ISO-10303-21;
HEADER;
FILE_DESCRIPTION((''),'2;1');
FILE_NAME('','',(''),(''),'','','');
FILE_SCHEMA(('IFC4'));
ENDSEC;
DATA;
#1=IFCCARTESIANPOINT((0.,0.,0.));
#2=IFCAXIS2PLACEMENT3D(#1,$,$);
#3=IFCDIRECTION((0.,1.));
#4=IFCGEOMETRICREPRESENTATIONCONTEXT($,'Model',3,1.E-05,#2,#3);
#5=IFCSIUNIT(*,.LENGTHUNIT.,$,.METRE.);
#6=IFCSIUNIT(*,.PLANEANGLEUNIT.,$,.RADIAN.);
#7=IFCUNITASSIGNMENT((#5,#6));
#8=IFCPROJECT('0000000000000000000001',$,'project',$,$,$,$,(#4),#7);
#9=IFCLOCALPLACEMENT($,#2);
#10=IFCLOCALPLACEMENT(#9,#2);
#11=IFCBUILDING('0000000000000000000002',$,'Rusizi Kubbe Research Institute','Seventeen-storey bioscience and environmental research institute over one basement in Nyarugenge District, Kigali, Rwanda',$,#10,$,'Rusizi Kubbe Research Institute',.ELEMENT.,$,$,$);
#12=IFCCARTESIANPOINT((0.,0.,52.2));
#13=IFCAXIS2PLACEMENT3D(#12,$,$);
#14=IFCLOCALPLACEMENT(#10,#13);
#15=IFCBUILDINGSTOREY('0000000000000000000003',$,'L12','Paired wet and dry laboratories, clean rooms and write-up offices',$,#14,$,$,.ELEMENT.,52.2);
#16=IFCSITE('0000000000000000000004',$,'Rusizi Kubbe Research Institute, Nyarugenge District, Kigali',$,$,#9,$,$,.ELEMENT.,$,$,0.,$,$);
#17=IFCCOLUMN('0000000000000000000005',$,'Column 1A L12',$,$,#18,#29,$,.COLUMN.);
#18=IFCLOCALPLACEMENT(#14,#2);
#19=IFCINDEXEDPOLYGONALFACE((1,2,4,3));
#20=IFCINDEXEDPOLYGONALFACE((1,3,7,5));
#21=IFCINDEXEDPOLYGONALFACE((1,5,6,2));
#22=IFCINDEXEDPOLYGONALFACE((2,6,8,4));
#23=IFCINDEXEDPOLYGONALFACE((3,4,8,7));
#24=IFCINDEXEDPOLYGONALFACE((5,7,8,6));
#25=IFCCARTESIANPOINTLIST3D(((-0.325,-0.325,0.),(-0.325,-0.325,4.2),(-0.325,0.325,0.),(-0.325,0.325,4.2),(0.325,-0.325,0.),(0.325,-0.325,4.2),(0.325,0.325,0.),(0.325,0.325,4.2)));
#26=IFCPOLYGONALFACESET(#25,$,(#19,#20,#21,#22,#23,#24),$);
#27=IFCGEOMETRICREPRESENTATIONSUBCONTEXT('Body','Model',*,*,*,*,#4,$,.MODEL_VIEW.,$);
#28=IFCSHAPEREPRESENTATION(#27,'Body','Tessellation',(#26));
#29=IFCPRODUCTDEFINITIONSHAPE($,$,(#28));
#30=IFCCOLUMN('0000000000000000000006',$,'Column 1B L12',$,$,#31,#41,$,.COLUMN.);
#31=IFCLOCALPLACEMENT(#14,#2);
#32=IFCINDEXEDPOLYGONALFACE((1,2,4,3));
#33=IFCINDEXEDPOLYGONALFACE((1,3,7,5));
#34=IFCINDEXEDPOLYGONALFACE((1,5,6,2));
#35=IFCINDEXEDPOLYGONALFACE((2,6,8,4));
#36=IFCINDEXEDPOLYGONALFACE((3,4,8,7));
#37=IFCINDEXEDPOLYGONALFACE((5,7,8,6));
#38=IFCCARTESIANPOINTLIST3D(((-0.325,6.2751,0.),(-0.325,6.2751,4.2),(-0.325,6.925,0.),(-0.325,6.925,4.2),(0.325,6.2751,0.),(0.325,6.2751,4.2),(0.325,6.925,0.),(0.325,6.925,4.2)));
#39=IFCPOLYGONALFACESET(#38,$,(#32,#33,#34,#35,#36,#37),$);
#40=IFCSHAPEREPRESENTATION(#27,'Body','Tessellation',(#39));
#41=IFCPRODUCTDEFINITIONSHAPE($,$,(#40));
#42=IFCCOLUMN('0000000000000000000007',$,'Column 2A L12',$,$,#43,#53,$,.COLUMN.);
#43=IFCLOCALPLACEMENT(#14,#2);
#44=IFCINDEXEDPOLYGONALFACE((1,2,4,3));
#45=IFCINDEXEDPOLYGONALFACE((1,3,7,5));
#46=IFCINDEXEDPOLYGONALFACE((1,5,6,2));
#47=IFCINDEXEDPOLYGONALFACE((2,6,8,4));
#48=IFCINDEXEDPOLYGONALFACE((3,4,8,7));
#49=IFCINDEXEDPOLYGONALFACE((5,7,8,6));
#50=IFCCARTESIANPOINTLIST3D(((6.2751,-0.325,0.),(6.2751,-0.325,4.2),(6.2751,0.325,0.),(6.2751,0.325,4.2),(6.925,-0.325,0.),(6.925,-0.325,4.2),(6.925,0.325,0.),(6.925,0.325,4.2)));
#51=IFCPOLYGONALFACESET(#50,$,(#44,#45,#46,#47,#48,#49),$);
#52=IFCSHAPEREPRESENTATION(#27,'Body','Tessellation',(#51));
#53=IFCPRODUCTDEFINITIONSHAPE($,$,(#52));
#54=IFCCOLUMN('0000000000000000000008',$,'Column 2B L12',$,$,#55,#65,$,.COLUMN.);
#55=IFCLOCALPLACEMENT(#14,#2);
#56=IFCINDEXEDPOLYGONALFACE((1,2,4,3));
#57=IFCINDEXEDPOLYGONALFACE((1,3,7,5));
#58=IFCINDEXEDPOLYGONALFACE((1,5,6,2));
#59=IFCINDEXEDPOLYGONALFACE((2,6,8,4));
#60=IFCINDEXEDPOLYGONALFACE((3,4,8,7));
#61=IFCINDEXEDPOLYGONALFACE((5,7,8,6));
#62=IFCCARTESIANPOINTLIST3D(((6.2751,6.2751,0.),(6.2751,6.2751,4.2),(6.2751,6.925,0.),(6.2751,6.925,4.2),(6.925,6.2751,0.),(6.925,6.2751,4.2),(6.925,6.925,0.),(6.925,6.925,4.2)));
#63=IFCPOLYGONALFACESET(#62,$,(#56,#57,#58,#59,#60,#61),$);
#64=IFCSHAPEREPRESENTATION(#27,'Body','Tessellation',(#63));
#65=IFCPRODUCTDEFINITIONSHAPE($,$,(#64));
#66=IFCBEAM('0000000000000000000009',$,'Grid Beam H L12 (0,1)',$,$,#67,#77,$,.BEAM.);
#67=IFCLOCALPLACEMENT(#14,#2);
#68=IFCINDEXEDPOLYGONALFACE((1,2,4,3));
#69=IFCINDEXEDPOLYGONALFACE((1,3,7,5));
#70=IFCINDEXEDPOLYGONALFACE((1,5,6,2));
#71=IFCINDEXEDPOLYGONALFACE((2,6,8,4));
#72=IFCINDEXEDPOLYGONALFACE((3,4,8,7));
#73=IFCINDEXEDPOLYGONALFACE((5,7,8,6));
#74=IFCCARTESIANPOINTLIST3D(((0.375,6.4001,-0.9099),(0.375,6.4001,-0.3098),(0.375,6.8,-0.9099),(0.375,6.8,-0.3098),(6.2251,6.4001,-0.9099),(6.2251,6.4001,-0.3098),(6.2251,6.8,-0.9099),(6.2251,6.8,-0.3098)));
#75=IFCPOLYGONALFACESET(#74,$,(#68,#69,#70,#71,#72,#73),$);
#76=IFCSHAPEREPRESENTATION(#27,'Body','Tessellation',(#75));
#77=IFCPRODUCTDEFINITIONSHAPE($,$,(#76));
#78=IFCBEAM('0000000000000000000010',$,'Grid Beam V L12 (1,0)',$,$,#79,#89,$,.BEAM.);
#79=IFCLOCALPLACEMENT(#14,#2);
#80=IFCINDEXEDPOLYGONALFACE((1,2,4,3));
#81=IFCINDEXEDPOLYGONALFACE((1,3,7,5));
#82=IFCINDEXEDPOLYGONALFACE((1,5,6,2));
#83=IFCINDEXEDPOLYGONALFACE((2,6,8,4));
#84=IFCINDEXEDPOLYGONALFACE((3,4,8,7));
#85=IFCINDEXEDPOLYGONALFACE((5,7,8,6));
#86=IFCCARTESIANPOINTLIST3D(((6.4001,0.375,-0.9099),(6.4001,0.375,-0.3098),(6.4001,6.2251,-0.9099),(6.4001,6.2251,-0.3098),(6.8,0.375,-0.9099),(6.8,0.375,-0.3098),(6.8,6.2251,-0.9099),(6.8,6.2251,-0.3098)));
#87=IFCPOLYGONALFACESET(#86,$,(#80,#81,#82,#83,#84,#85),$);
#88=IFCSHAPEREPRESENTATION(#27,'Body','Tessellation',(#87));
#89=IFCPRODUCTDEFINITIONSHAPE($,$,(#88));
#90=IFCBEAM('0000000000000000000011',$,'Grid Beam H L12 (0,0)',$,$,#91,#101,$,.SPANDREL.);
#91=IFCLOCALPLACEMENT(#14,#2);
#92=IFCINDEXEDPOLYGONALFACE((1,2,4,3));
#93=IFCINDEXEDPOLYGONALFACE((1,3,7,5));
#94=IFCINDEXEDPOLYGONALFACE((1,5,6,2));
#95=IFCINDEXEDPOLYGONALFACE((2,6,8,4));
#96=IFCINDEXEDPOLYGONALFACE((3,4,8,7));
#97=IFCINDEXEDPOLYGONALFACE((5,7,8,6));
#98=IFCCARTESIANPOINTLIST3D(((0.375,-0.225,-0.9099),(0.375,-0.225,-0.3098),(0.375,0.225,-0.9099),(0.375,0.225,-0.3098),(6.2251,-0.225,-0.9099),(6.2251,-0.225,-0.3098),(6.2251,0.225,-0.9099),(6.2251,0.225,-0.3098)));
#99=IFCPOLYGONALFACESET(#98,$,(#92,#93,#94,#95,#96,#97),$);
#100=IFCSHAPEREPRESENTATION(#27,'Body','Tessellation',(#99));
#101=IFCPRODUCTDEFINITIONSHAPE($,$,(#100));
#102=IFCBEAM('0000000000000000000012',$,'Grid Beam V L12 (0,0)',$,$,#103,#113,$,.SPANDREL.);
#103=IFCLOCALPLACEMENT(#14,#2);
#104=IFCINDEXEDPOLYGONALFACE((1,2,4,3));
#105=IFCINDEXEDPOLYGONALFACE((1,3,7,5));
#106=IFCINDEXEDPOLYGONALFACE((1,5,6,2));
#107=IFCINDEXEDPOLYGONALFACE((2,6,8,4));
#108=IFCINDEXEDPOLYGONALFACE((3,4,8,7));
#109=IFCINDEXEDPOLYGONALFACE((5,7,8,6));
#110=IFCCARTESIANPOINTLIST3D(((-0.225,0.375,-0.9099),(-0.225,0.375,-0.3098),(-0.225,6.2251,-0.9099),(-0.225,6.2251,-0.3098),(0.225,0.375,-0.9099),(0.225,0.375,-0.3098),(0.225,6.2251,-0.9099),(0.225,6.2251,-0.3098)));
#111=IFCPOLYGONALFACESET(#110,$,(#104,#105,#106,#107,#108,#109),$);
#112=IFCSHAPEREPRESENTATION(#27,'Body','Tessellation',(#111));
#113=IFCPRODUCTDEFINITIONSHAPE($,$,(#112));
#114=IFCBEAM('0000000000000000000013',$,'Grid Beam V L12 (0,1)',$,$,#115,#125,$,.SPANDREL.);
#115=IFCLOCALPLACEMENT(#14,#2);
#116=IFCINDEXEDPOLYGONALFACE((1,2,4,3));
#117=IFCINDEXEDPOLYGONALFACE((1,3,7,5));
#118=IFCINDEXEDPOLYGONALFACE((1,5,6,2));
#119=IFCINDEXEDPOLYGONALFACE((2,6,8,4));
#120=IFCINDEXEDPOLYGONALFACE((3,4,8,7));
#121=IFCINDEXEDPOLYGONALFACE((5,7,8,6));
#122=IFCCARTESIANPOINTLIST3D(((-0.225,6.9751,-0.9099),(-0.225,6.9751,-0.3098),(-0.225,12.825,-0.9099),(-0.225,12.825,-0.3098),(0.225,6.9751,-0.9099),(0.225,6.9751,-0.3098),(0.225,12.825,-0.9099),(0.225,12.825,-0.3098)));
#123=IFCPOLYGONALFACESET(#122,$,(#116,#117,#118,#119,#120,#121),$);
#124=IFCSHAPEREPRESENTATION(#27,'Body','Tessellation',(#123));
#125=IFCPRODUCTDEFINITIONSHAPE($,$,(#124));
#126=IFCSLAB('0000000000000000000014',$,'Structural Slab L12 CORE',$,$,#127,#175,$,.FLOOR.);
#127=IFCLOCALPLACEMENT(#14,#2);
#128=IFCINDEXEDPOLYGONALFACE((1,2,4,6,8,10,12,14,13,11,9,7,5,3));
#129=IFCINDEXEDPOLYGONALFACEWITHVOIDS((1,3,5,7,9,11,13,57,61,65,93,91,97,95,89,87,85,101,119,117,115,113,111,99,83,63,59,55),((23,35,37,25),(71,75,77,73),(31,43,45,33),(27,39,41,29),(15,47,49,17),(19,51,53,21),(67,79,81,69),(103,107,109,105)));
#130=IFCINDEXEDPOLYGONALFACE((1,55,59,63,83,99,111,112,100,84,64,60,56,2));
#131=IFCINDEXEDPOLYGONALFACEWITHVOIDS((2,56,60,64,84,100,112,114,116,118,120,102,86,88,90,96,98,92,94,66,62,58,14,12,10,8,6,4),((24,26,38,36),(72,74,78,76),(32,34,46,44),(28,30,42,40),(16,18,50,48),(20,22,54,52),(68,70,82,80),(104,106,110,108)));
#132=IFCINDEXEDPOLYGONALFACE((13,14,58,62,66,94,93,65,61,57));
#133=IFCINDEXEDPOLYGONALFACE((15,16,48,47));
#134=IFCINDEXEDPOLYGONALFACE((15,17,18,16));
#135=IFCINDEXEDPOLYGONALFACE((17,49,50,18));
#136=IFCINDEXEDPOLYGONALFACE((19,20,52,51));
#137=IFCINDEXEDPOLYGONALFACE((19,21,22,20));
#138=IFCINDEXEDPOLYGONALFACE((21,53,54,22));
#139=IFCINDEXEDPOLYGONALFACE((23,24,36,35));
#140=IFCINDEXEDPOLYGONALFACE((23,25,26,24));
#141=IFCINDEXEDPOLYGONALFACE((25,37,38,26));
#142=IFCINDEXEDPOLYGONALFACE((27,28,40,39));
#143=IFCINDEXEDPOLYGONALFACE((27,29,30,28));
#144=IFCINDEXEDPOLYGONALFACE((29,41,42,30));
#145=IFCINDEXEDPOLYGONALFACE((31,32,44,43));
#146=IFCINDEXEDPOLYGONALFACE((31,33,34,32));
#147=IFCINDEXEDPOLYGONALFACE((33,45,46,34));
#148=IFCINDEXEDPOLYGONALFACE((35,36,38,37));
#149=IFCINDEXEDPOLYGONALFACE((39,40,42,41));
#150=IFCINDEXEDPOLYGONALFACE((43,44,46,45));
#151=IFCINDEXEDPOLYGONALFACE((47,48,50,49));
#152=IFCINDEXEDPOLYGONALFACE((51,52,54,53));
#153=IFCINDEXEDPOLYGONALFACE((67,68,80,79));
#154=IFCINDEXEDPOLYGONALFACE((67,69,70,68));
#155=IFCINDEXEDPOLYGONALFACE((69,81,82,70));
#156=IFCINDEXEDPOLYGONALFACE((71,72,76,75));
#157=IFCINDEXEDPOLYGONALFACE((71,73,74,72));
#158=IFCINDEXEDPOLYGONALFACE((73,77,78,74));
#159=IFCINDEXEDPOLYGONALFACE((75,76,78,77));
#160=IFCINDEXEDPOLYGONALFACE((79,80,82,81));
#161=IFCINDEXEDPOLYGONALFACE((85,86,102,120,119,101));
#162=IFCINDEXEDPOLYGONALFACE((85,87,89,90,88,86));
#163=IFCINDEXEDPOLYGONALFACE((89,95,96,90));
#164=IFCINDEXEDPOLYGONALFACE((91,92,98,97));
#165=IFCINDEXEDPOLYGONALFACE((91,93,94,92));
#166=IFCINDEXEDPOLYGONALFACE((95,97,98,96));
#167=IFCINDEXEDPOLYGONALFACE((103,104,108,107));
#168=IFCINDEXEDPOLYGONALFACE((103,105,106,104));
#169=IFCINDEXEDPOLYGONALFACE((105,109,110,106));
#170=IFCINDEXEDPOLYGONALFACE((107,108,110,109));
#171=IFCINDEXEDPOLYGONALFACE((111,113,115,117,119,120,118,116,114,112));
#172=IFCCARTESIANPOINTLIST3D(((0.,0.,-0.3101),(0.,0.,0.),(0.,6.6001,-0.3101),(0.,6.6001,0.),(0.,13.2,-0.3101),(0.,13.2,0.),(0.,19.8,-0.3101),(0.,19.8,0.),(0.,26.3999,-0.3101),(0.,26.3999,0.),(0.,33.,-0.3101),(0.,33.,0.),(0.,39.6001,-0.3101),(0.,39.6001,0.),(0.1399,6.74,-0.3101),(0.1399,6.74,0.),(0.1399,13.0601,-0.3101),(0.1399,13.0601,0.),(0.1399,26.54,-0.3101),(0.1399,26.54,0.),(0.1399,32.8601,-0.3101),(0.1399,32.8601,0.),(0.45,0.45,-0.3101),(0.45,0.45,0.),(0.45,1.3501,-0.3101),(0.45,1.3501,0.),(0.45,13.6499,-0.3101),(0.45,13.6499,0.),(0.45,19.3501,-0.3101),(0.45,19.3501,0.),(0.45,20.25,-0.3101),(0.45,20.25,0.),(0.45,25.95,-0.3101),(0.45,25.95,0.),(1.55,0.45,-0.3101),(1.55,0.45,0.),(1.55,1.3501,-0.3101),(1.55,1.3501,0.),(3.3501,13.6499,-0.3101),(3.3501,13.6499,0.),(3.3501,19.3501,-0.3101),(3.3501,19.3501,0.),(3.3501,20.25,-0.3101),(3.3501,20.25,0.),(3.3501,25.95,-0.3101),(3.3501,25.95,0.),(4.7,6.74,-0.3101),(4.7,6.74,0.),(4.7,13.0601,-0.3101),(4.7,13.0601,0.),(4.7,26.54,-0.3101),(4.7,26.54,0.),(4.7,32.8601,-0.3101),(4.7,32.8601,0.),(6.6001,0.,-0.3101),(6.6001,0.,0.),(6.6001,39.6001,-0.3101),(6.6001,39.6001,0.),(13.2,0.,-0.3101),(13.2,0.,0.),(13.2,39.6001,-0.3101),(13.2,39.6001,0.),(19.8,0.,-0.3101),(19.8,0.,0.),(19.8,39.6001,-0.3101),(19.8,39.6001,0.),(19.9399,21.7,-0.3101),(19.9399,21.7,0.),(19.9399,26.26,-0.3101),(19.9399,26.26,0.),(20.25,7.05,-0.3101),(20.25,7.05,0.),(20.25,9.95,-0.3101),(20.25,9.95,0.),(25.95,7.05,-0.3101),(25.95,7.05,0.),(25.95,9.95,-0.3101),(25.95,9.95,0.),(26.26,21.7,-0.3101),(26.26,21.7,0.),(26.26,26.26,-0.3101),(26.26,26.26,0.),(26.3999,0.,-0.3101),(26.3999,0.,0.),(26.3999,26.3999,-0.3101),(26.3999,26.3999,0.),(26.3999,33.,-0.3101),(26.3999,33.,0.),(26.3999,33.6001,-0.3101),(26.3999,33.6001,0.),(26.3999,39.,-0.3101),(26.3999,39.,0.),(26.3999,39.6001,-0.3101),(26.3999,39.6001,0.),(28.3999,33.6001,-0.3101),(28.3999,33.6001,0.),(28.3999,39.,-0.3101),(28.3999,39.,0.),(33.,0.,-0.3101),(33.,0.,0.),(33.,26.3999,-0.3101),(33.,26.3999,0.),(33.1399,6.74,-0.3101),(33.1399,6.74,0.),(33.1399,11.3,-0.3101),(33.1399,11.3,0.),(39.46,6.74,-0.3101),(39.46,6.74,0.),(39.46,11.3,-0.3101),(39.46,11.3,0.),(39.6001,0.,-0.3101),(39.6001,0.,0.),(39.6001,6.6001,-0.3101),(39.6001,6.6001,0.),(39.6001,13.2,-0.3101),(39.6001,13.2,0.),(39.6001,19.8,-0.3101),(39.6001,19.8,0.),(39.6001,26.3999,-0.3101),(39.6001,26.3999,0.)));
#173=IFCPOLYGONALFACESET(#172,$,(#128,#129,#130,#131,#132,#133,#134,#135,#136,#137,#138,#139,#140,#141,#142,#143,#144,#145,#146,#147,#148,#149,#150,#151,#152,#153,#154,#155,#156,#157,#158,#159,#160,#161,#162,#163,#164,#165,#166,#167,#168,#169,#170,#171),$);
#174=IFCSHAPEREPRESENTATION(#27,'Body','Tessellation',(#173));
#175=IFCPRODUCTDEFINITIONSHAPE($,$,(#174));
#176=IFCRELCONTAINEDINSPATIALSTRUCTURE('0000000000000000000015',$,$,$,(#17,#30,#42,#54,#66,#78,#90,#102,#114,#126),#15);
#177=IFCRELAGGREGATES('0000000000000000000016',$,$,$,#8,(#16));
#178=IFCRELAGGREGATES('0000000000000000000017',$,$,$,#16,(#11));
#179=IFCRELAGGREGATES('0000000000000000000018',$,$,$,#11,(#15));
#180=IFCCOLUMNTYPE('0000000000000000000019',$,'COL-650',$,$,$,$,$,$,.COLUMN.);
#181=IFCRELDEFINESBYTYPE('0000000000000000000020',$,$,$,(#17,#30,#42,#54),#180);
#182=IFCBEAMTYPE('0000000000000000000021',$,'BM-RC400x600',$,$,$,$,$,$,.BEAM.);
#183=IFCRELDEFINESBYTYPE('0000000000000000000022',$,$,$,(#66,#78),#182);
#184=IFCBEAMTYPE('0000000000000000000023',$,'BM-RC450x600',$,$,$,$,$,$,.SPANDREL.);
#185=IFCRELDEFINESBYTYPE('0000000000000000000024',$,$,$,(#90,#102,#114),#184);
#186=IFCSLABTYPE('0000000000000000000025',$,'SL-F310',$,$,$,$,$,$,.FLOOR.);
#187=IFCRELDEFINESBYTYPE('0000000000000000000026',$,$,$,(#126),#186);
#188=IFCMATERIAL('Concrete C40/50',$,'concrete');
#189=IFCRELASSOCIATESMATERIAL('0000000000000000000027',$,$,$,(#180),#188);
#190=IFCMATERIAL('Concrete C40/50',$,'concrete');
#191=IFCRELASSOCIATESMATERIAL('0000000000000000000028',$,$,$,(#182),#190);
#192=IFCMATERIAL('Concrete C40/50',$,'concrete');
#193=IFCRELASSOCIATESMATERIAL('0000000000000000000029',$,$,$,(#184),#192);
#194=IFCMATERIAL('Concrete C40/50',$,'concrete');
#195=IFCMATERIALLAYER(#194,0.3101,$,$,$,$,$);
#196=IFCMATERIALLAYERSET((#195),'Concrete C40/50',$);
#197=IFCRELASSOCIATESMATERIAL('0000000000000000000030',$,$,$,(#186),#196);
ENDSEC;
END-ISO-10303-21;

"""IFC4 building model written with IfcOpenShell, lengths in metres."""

from ifc_helpers import new_model, si_unit, direction, frame, origin, origin_2d, place, context, subcontext, project, spatial, polyline, rectangle, outline, extrude, material, layer, layer_set, material_profile, profile_set, type_object, element, save


model = new_model("IFC4")

# Units and contexts
model_context = context("Model", 3, precision=1e-05, world=origin(), true_north=direction((0.0, 1.0)))
body_context = subcontext(model_context, "Body", "Model", "MODEL_VIEW")
ifc_project = project(units=[si_unit("LENGTHUNIT", "METRE"), si_unit("PLANEANGLEUNIT", "RADIAN")], contexts=[model_context])

# Site, building, storey
site_placement = place(None, origin())
site = spatial("IfcSite", under=ifc_project, at=site_placement, Name="Rusizi Kubbe Research Institute, Nyarugenge District, Kigali", CompositionType="ELEMENT", RefElevation=0.0)
building_placement = place(site_placement, origin())
building = spatial("IfcBuilding", under=site, at=building_placement, Name="Rusizi Kubbe Research Institute", Description="Seventeen-storey bioscience and environmental research institute over one basement in Nyarugenge District, Kigali, Rwanda", LongName="Rusizi Kubbe Research Institute", CompositionType="ELEMENT")
storey_placement = place(building_placement, frame((0.0, 0.0, 52.2)))
storey = spatial("IfcBuildingStorey", under=building, at=storey_placement, Name="L12", Description="Paired wet and dry laboratories, clean rooms and write-up offices", CompositionType="ELEMENT", Elevation=52.2)

# Columns
ifc_material_1 = material(Name="Concrete C40/50", Category="concrete")
ifc_material_profile_1 = material_profile(ifc_material_1, rectangle(XDim=0.6499, YDim=0.6499, at=origin_2d()), Name="RC650x650")
ifc_profile_set_1 = profile_set([ifc_material_profile_1], Name="Concrete C40/50")
column_type = type_object("IfcColumnType", Name="COL-650", PredefinedType="COLUMN", material=ifc_profile_set_1)
for number, where, z_axis, x_axis, name in (
    (1, (0.0, 0.0, 0.0), (0.0, 0.0, 1.0), (1.0, 0.0, 0.0), "Column 1A L12"),
    (2, (0.0, 6.6001, 0.0), (0.0, 0.0, 1.0), (1.0, 0.0, 0.0), "Column 1B L12"),
    (3, (6.6001, 0.0, 0.0), (0.0, 0.0, 1.0), (1.0, 0.0, 0.0), "Column 2A L12"),
    (4, (6.6001, 6.6001, 0.0), (0.0, 0.0, 1.0), (1.0, 0.0, 0.0), "Column 2B L12"),
):
    element("IfcColumn", number, at=place(storey_placement, frame(where, z_axis=z_axis, x_axis=x_axis)), inside=storey, type_object=column_type, Name=name, PredefinedType="COLUMN", context=body_context, shape_type="SweptSolid", body=[
        extrude(rectangle(XDim=0.6499, YDim=0.6499, at=origin_2d()), origin(), (0.0, 0.0, 1.0), 4.2),
    ])

# Beams
ifc_material_2 = material(Name="Concrete C40/50", Category="concrete")
ifc_material_profile_2 = material_profile(ifc_material_2, rectangle(XDim=0.3999, YDim=0.6001, at=origin_2d()), Name="RC400x600")
ifc_profile_set_2 = profile_set([ifc_material_profile_2], Name="Concrete C40/50")
beam_type_1 = type_object("IfcBeamType", Name="BM-RC400x600", PredefinedType="BEAM", material=ifc_profile_set_2)
for number, where, z_axis, x_axis, name in (
    (5, (0.375, 6.6001, -0.6099), (1.0, 0.0, 0.0), (0.0, 1.0, 0.0), "Grid Beam H L12 (0,1)"),
    (6, (6.6001, 0.375, -0.6099), (0.0, 1.0, 0.0), (-1.0, 0.0, 0.0), "Grid Beam V L12 (1,0)"),
):
    element("IfcBeam", number, at=place(storey_placement, frame(where, z_axis=z_axis, x_axis=x_axis)), inside=storey, type_object=beam_type_1, Name=name, PredefinedType="BEAM", context=body_context, shape_type="SweptSolid", body=[
        extrude(rectangle(XDim=0.3999, YDim=0.6001, at=origin_2d()), origin(), (0.0, 0.0, 1.0), 5.8501),
    ])
ifc_material_3 = material(Name="Concrete C40/50", Category="concrete")
ifc_material_profile_3 = material_profile(ifc_material_3, rectangle(XDim=0.45, YDim=0.6001, at=origin_2d()), Name="RC450x600")
ifc_profile_set_3 = profile_set([ifc_material_profile_3], Name="Concrete C40/50")
beam_type_2 = type_object("IfcBeamType", Name="BM-RC450x600", PredefinedType="SPANDREL", material=ifc_profile_set_3)
for number, where, z_axis, x_axis, name in (
    (7, (0.375, 0.0, -0.6099), (1.0, 0.0, 0.0), (0.0, 1.0, 0.0), "Grid Beam H L12 (0,0)"),
    (8, (0.0, 0.375, -0.6099), (0.0, 1.0, 0.0), (-1.0, 0.0, 0.0), "Grid Beam V L12 (0,0)"),
):
    element("IfcBeam", number, at=place(storey_placement, frame(where, z_axis=z_axis, x_axis=x_axis)), inside=storey, type_object=beam_type_2, Name=name, PredefinedType="SPANDREL", context=body_context, shape_type="SweptSolid", body=[
        extrude(rectangle(XDim=0.45, YDim=0.6001, at=origin_2d()), origin(), (0.0, 0.0, 1.0), 5.8501),
    ])
beam_placement = place(storey_placement, frame((0.0, 6.9751, -0.6099), z_axis=(0.0, 1.0, 0.0), x_axis=(-1.0, 0.0, 0.0)))
element("IfcBeam", 9, at=beam_placement, inside=storey, type_object=beam_type_2, Name="Grid Beam V L12 (0,1)", PredefinedType="SPANDREL", context=body_context, shape_type="SweptSolid", body=[
    extrude(rectangle(XDim=0.45, YDim=0.6001, at=origin_2d()), origin(), (0.0, 0.0, 1.0), 5.8499),
])

# Slab
ifc_material_4 = material(Name="Concrete C40/50", Category="concrete")
ifc_layer_1 = layer(ifc_material_4, 0.3101)
ifc_layer_set_1 = layer_set([ifc_layer_1], Name="Concrete C40/50")
slab_type_1 = type_object("IfcSlabType", Name="SL-F310", PredefinedType="FLOOR", material=ifc_layer_set_1)
slab_1_placement = place(storey_placement, frame((0.0, 0.0, -0.3101)))
element("IfcSlab", 10, at=slab_1_placement, inside=storey, type_object=slab_type_1, Name="Structural Slab L12 CORE", PredefinedType="FLOOR", context=body_context, shape_type="SweptSolid", body=[
    extrude(outline(polyline([(0.0, 39.6001), (6.6001, 39.6001), (13.2, 39.6001), (19.8, 39.6001), (26.3999, 39.6001), (26.3999, 39.0), (28.3999, 39.0), (28.3999, 33.6001), (26.3999, 33.6001), (26.3999, 33.0), (26.3999, 26.3999), (33.0, 26.3999), (39.6001, 26.3999), (39.6001, 19.8), (39.6001, 13.2), (39.6001, 6.6001), (39.6001, 0.0), (33.0, 0.0), (26.3999, 0.0), (19.8, 0.0), (13.2, 0.0), (6.6001, 0.0), (0.0, 0.0), (0.0, 6.6001), (0.0, 13.2), (0.0, 19.8), (0.0, 26.3999), (0.0, 33.0), (0.0, 39.6001)]), holes=[polyline([(0.45, 1.3501), (0.45, 0.45), (1.55, 0.45), (1.55, 1.3501), (0.45, 1.3501)]), polyline([(20.25, 9.95), (20.25, 7.05), (25.95, 7.05), (25.95, 9.95), (20.25, 9.95)]), polyline([(33.1399, 11.3), (33.1399, 6.74), (39.46, 6.74), (39.46, 11.3), (33.1399, 11.3)]), polyline([(0.1399, 13.0601), (0.1399, 6.74), (4.7, 6.74), (4.7, 13.0601), (0.1399, 13.0601)]), polyline([(0.45, 19.3501), (0.45, 13.6499), (3.3501, 13.6499), (3.3501, 19.3501), (0.45, 19.3501)]), polyline([(0.45, 25.95), (0.45, 20.25), (3.3501, 20.25), (3.3501, 25.95), (0.45, 25.95)]), polyline([(19.9399, 26.26), (19.9399, 21.7), (26.26, 21.7), (26.26, 26.26), (19.9399, 26.26)]), polyline([(0.1399, 32.8601), (0.1399, 26.54), (4.7, 26.54), (4.7, 32.8601), (0.1399, 32.8601)])]), origin(), (0.0, 0.0, 1.0), 0.3101),
])

save(model, "model.ifc")
